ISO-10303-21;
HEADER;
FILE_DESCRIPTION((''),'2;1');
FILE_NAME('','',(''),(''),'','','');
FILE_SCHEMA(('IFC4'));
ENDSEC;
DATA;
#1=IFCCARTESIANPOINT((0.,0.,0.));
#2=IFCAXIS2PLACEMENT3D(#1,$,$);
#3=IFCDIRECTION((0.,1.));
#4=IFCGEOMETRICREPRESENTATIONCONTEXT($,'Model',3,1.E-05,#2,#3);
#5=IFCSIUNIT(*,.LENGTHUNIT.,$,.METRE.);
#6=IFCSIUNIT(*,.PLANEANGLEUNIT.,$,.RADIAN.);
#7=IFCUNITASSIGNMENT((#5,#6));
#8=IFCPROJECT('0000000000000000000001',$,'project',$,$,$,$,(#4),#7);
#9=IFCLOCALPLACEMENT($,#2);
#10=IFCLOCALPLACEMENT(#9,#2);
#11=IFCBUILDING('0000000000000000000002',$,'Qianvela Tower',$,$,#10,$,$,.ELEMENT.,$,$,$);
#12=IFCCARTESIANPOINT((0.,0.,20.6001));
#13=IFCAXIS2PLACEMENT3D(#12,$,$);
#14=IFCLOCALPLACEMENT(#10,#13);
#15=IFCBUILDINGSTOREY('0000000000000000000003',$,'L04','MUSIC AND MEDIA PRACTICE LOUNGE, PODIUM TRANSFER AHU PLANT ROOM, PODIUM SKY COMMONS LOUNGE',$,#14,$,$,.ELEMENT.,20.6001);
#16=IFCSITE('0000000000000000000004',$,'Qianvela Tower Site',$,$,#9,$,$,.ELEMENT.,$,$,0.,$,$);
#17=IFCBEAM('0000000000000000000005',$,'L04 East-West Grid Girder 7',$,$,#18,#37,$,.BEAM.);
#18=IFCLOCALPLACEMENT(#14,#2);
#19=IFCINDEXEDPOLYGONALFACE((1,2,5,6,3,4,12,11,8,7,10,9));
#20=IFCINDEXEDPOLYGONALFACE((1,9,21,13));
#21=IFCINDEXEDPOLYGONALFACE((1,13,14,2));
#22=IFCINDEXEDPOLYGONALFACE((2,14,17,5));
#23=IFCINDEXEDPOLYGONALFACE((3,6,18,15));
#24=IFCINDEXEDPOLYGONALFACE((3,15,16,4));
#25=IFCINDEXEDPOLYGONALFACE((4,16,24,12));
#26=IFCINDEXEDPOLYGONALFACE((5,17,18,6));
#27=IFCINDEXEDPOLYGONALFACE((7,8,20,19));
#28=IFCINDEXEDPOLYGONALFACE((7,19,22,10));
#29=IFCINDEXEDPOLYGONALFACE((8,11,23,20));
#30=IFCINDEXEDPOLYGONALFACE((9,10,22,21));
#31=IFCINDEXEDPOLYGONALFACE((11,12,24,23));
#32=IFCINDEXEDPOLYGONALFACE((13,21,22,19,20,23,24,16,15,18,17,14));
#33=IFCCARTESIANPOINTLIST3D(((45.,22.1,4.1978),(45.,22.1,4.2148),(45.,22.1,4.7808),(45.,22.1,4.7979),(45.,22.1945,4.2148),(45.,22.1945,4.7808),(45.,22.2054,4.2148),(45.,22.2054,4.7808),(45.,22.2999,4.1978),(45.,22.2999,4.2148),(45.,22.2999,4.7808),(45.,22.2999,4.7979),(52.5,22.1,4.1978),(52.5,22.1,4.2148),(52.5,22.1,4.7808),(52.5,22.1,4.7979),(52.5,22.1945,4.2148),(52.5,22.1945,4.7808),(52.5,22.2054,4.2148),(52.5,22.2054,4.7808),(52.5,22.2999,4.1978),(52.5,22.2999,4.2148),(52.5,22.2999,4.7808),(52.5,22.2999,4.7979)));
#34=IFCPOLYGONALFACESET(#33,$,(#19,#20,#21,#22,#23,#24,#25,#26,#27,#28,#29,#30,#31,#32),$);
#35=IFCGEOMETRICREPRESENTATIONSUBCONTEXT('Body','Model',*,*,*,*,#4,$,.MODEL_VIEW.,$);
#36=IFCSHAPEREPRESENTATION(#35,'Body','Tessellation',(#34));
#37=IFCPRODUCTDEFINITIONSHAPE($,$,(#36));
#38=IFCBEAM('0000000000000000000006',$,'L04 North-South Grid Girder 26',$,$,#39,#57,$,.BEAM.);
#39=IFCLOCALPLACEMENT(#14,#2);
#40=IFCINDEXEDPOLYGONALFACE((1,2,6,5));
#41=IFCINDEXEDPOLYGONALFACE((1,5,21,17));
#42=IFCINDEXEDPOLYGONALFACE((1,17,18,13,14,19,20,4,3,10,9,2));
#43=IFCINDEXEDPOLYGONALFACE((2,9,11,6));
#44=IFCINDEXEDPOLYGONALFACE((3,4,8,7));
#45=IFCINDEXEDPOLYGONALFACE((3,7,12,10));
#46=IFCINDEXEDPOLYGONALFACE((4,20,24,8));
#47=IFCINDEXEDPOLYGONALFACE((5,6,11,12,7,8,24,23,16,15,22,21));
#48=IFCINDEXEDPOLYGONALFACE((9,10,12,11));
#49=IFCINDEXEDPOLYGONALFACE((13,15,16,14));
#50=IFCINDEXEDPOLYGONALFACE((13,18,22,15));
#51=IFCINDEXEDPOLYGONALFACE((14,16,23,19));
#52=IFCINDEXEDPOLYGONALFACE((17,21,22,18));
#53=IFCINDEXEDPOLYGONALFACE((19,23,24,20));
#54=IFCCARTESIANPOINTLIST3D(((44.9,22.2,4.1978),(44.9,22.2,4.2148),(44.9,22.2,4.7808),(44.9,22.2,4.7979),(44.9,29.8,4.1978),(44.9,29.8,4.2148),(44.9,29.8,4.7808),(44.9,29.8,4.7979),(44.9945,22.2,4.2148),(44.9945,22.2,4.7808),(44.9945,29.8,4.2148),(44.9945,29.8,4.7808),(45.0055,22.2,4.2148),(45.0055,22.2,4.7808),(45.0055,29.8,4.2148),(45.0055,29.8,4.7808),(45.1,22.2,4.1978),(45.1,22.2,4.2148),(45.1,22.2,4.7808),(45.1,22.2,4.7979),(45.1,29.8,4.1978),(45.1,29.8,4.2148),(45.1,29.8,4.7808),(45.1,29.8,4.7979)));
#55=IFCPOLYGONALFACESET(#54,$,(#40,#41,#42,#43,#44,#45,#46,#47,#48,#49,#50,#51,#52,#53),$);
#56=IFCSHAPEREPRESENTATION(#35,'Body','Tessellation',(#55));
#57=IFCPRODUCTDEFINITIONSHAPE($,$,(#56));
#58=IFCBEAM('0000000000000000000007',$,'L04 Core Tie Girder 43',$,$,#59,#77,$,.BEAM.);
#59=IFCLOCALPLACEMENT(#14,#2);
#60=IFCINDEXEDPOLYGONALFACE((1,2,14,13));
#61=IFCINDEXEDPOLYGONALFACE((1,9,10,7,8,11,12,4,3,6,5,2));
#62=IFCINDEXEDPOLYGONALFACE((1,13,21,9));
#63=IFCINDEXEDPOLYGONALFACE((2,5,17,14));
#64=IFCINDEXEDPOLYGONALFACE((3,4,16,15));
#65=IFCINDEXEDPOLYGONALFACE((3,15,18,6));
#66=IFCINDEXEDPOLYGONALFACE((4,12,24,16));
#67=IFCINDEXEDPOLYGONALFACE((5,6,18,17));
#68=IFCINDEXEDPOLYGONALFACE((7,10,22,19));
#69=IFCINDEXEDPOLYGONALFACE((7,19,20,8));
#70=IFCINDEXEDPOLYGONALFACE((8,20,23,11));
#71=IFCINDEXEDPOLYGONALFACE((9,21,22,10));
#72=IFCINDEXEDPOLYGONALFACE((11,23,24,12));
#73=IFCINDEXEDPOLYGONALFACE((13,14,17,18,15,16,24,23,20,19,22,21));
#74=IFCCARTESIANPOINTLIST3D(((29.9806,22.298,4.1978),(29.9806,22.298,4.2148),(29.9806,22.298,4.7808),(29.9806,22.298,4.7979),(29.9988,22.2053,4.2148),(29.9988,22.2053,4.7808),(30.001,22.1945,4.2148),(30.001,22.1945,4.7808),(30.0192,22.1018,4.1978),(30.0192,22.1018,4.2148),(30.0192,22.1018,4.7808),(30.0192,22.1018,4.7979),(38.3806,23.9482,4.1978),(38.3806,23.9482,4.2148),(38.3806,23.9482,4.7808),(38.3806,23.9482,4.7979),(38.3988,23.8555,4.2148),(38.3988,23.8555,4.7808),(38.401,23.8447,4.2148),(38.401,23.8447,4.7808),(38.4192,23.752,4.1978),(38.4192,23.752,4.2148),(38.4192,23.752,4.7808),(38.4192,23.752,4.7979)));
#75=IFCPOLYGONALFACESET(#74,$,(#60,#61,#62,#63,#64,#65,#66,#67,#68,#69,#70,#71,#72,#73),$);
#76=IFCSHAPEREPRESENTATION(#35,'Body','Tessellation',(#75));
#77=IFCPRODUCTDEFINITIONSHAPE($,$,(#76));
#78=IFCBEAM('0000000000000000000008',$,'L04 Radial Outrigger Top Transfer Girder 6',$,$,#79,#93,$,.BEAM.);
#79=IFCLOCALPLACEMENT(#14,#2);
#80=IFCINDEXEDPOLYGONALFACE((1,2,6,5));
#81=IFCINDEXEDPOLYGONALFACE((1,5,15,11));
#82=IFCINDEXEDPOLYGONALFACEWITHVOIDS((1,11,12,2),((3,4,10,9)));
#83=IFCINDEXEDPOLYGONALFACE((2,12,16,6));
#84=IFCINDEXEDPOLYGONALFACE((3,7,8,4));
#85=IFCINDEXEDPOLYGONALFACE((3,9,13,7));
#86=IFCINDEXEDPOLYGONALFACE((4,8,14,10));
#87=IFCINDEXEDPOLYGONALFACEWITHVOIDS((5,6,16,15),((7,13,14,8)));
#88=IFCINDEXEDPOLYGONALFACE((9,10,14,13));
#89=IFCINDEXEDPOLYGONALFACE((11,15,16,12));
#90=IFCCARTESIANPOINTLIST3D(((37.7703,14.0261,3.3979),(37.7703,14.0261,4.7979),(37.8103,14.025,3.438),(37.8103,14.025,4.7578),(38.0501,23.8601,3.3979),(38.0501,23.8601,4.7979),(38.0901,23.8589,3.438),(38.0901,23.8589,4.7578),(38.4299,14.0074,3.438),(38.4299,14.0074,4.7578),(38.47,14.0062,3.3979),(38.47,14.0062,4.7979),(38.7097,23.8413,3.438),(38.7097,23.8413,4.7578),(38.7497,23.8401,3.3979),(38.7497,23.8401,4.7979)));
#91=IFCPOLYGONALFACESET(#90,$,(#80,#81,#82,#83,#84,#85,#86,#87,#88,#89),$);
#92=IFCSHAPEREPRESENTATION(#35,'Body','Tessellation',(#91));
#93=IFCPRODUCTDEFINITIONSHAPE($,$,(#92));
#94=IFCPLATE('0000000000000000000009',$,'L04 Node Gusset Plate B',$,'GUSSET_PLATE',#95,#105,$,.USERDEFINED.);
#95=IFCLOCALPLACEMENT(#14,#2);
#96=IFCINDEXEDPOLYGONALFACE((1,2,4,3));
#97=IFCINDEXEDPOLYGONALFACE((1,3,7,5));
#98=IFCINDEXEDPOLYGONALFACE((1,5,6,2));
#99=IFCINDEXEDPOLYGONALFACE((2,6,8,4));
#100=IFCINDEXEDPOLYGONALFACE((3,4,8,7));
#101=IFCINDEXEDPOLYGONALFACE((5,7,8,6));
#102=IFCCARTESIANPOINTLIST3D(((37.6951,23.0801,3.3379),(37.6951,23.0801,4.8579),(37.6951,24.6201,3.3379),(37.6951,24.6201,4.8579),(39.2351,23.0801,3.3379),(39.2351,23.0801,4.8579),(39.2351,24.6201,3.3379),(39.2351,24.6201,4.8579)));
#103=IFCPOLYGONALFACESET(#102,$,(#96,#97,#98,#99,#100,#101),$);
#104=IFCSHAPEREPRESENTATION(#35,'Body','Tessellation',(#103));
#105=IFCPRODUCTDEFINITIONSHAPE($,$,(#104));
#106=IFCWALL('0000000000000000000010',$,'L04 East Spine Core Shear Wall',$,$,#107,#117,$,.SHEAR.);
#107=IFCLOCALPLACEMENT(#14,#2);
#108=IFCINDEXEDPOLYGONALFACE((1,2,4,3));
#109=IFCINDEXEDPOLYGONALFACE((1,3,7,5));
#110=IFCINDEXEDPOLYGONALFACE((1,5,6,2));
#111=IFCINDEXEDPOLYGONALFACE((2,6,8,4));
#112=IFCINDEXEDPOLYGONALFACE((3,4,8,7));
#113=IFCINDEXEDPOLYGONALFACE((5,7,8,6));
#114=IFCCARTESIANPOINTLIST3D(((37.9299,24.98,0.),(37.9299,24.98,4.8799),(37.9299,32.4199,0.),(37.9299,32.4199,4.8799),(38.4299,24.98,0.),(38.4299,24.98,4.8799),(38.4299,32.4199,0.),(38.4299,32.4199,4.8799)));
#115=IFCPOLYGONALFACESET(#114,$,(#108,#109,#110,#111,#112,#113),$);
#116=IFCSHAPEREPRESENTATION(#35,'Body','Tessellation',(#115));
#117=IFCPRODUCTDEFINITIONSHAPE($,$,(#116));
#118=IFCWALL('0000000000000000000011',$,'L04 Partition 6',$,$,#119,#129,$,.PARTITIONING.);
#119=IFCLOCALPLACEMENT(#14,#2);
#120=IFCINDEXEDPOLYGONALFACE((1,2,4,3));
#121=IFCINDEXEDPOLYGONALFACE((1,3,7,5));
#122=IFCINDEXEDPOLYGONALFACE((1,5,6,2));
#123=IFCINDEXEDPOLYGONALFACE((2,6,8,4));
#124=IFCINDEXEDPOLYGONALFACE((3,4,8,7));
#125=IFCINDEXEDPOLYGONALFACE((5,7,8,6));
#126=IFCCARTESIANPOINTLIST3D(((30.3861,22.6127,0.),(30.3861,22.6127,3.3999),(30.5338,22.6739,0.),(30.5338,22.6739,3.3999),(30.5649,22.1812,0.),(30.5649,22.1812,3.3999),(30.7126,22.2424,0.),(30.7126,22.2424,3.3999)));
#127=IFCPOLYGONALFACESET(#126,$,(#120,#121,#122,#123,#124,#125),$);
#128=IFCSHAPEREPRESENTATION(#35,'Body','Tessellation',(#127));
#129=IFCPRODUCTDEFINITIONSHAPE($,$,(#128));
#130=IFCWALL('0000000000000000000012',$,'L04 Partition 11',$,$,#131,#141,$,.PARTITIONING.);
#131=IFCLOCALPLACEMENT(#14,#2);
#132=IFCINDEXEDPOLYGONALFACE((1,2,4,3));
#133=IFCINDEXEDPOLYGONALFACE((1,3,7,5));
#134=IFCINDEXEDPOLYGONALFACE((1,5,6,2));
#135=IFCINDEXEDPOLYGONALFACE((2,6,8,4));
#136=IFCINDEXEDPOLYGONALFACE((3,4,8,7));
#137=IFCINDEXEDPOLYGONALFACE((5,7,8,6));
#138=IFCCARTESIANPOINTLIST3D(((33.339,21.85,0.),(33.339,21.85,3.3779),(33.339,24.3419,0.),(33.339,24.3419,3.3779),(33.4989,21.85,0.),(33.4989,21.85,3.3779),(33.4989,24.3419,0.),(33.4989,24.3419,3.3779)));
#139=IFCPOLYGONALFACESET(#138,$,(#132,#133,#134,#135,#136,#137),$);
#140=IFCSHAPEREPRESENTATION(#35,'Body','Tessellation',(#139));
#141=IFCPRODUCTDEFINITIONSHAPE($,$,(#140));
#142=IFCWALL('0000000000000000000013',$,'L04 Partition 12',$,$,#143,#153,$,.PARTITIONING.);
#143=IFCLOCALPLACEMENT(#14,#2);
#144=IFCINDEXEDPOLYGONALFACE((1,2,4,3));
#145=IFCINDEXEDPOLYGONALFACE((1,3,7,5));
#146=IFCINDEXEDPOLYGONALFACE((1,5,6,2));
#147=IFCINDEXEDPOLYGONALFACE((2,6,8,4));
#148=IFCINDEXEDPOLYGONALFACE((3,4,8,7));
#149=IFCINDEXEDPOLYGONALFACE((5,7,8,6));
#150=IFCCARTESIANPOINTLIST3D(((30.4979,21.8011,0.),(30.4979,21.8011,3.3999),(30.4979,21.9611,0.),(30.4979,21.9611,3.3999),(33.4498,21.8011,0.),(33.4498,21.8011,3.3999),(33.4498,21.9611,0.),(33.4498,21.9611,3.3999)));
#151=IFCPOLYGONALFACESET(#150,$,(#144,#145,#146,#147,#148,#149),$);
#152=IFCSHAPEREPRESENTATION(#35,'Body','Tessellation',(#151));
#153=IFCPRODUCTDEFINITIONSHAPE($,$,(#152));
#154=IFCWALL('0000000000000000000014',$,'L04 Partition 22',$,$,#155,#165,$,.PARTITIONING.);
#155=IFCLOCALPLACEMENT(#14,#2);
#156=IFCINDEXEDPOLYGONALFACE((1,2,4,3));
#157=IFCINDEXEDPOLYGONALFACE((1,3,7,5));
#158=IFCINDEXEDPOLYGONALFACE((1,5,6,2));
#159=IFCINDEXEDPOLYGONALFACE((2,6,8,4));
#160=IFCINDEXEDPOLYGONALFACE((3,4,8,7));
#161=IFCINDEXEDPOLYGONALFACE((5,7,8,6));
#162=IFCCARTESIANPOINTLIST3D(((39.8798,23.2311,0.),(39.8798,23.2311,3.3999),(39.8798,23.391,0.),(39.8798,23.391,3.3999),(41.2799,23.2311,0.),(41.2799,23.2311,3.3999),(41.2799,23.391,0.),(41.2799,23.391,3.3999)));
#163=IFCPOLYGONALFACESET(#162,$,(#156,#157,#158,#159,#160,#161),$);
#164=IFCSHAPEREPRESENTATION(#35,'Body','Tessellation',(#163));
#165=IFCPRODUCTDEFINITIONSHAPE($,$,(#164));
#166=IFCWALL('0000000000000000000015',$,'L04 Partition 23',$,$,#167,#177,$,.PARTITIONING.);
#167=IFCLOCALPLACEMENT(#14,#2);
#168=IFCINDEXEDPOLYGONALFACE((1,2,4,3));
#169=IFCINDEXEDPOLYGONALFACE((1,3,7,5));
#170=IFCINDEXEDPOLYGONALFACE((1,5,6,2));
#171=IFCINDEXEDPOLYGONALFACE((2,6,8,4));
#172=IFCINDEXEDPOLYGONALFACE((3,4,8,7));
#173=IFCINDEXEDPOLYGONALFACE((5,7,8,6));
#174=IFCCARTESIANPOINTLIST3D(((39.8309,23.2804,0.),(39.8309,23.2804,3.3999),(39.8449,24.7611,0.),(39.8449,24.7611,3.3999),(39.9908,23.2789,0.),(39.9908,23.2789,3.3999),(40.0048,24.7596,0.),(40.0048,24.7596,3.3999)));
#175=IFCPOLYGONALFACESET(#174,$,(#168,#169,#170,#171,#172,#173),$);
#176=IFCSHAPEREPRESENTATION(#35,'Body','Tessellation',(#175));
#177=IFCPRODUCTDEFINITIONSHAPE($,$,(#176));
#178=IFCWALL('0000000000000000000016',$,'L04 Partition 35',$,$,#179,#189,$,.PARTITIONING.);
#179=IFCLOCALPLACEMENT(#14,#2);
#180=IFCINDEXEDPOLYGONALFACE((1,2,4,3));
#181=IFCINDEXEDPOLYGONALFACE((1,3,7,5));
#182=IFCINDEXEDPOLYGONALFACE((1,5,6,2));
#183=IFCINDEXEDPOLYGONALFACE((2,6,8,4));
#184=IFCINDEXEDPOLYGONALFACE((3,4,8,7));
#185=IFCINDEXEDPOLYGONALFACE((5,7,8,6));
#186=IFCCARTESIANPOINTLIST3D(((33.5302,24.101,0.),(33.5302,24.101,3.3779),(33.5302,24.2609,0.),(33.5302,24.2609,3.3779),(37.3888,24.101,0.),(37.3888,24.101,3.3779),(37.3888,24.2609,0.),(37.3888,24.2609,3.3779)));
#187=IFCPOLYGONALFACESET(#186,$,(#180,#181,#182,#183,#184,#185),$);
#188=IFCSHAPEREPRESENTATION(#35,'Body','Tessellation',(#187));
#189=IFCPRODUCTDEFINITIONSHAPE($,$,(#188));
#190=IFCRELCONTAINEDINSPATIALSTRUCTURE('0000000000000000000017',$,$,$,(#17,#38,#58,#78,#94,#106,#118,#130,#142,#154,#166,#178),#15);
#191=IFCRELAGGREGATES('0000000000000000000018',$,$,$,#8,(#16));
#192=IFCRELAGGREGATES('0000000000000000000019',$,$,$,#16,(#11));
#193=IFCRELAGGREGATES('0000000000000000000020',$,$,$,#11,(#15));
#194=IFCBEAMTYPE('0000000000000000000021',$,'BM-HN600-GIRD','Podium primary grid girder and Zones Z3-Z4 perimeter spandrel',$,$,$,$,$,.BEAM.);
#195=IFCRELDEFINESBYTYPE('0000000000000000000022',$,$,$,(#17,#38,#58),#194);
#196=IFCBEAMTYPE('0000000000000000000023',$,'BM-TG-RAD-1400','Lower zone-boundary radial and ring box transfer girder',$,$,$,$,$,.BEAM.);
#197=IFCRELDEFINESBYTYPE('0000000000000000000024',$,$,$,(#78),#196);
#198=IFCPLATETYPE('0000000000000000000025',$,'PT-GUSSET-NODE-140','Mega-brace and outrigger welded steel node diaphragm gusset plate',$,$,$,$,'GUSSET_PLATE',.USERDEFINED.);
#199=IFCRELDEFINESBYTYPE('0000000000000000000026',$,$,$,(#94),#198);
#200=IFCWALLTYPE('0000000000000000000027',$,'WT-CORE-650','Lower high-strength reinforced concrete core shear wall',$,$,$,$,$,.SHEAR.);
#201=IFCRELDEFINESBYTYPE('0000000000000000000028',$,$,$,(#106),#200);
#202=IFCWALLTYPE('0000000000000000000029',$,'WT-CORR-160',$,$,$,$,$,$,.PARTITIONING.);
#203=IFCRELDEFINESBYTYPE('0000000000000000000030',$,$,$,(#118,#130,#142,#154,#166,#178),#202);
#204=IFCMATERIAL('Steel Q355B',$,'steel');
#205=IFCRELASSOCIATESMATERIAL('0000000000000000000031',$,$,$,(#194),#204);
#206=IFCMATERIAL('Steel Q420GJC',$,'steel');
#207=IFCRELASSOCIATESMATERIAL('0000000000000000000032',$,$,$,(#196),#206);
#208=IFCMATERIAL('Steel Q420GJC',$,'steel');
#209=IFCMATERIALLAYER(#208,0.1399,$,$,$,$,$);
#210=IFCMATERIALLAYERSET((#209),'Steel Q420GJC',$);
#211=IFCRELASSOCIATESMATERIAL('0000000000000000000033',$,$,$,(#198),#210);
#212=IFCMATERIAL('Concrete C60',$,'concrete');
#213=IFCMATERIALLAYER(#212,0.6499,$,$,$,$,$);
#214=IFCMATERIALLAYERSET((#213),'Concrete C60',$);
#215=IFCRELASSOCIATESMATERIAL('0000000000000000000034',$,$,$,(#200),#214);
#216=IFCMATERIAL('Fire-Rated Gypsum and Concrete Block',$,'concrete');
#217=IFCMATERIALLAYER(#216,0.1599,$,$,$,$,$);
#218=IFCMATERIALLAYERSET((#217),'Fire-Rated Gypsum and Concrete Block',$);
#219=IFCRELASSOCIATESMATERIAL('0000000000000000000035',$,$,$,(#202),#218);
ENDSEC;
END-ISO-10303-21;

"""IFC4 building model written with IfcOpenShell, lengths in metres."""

from ifc_helpers import new_model, si_unit, direction, frame, frame_2d, origin, origin_2d, place, context, subcontext, project, spatial, rectangle, hollow_rectangle, i_section, extrude, material, layer, layer_set, material_profile, profile_set, type_object, element, save


model = new_model("IFC4")

# Units and contexts
model_context = context("Model", 3, precision=1e-05, world=origin(), true_north=direction((0.0, 1.0)))
body_context = subcontext(model_context, "Body", "Model", "MODEL_VIEW")
ifc_project = project(units=[si_unit("LENGTHUNIT", "METRE"), si_unit("PLANEANGLEUNIT", "RADIAN")], contexts=[model_context])

# Site, building, storey
site_placement = place(None, origin())
site = spatial("IfcSite", under=ifc_project, at=site_placement, Name="Qianvela Tower Site", CompositionType="ELEMENT", RefElevation=0.0)
building_placement = place(site_placement, origin())
building = spatial("IfcBuilding", under=site, at=building_placement, Name="Qianvela Tower", CompositionType="ELEMENT")
storey_placement = place(building_placement, frame((0.0, 0.0, 20.6001)))
storey = spatial("IfcBuildingStorey", under=building, at=storey_placement, Name="L04", Description="MUSIC AND MEDIA PRACTICE LOUNGE, PODIUM TRANSFER AHU PLANT ROOM, PODIUM SKY COMMONS LOUNGE", CompositionType="ELEMENT", Elevation=20.6001)

# Beams
ifc_material_1 = material(Name="Steel Q355B", Category="steel")
ifc_material_profile_1 = material_profile(ifc_material_1, i_section(OverallWidth=0.2, OverallDepth=0.6001, WebThickness=0.011, FlangeThickness=0.0171, at=origin_2d()), Name="HN600x200x11x17")
ifc_profile_set_1 = profile_set([ifc_material_profile_1], Name="Steel Q355B")
beam_type_1 = type_object("IfcBeamType", Name="BM-HN600-GIRD", Description="Podium primary grid girder and Zones Z3-Z4 perimeter spandrel", PredefinedType="BEAM", material=ifc_profile_set_1)
beam_1_placement = place(storey_placement, frame((45.0, 22.2, 4.4978), z_axis=(1.0, 0.0, 0.0), x_axis=(0.0, 1.0, 0.0)))
element("IfcBeam", 1, at=beam_1_placement, inside=storey, type_object=beam_type_1, Name="L04 East-West Grid Girder 7", PredefinedType="BEAM", context=body_context, shape_type="SweptSolid", body=[
    extrude(i_section(OverallWidth=0.2, OverallDepth=0.6001, WebThickness=0.011, FlangeThickness=0.0171, at=origin_2d()), origin(), (0.0, 0.0, 1.0), 7.5),
])
beam_2_placement = place(storey_placement, frame((45.0, 22.2, 4.4978), z_axis=(0.0, 1.0, 0.0), x_axis=(-1.0, 0.0, 0.0)))
element("IfcBeam", 2, at=beam_2_placement, inside=storey, type_object=beam_type_1, Name="L04 North-South Grid Girder 26", PredefinedType="BEAM", context=body_context, shape_type="SweptSolid", body=[
    extrude(i_section(OverallWidth=0.2, OverallDepth=0.6001, WebThickness=0.011, FlangeThickness=0.0171, at=origin_2d()), origin(), (0.0, 0.0, 1.0), 7.6001),
])
beam_3_placement = place(storey_placement, frame((38.3999, 23.8501, 4.4978), z_axis=(-0.981245, -0.192764, 0.0), x_axis=(0.192764, -0.981245, 0.0)))
element("IfcBeam", 3, at=beam_3_placement, inside=storey, type_object=beam_type_1, Name="L04 Core Tie Girder 43", PredefinedType="BEAM", context=body_context, shape_type="SweptSolid", body=[
    extrude(i_section(OverallWidth=0.2, OverallDepth=0.6001, WebThickness=0.011, FlangeThickness=0.0171, at=origin_2d()), origin(), (0.0, 0.0, 1.0), 8.5605),
])
ifc_material_2 = material(Name="Steel Q420GJC", Category="steel")
ifc_material_profile_2 = material_profile(ifc_material_2, hollow_rectangle(XDim=0.7, YDim=1.3999, WallThickness=0.04, at=origin_2d()), Name="TG-BOX-1400x700x40")
ifc_profile_set_2 = profile_set([ifc_material_profile_2], Name="Steel Q420GJC")
beam_type_2 = type_object("IfcBeamType", Name="BM-TG-RAD-1400", Description="Lower zone-boundary radial and ring box transfer girder", PredefinedType="BEAM", material=ifc_profile_set_2)
beam_4_placement = place(storey_placement, frame((38.3999, 23.8501, 4.0979), z_axis=(-0.028439, -0.999596, 0.0), x_axis=(0.999596, -0.028439, 0.0)))
element("IfcBeam", 4, at=beam_4_placement, inside=storey, type_object=beam_type_2, Name="L04 Radial Outrigger Top Transfer Girder 6", PredefinedType="BEAM", context=body_context, shape_type="SweptSolid", body=[
    extrude(hollow_rectangle(XDim=0.7, YDim=1.3999, WallThickness=0.04, at=origin_2d()), origin(), (0.0, 0.0, 1.0), 9.8379),
])

# Plate
ifc_material_3 = material(Name="Steel Q420GJC", Category="steel")
ifc_layer_1 = layer(ifc_material_3, 0.1399)
ifc_layer_set_1 = layer_set([ifc_layer_1], Name="Steel Q420GJC")
plate_type = type_object("IfcPlateType", Name="PT-GUSSET-NODE-140", Description="Mega-brace and outrigger welded steel node diaphragm gusset plate", ElementType="GUSSET_PLATE", PredefinedType="USERDEFINED", material=ifc_layer_set_1)
plate_placement = place(storey_placement, frame((38.4651, 23.8501, 3.3379), z_axis=(0.0, 0.0, 1.0), x_axis=(1.0, 0.0, 0.0)))
element("IfcPlate", 5, at=plate_placement, inside=storey, type_object=plate_type, Name="L04 Node Gusset Plate B", ObjectType="GUSSET_PLATE", PredefinedType="USERDEFINED", context=body_context, shape_type="SweptSolid", body=[
    extrude(rectangle(XDim=1.54, YDim=1.54, at=origin_2d()), origin(), (0.0, 0.0, 1.0), 1.52),
])

# Walls
ifc_material_4 = material(Name="Concrete C60", Category="concrete")
ifc_layer_2 = layer(ifc_material_4, 0.6499)
ifc_layer_set_2 = layer_set([ifc_layer_2], Name="Concrete C60")
wall_type_1 = type_object("IfcWallType", Name="WT-CORE-650", Description="Lower high-strength reinforced concrete core shear wall", PredefinedType="SHEAR", material=ifc_layer_set_2)
wall_1_placement = place(storey_placement, frame((38.1799, 24.98, 0.0), z_axis=(0.0, 0.0, 1.0), x_axis=(0.0, 1.0, 0.0)))
element("IfcWall", 6, at=wall_1_placement, inside=storey, type_object=wall_type_1, Name="L04 East Spine Core Shear Wall", PredefinedType="SHEAR", context=body_context, shape_type="SweptSolid", body=[
    extrude(rectangle(XDim=7.4399, YDim=0.5, at=frame_2d((3.72, 0.0))), origin(), (0.0, 0.0, 1.0), 4.8799),
])
ifc_material_5 = material(Name="Fire-Rated Gypsum and Concrete Block", Category="concrete")
ifc_layer_3 = layer(ifc_material_5, 0.1599)
ifc_layer_set_3 = layer_set([ifc_layer_3], Name="Fire-Rated Gypsum and Concrete Block")
wall_type_2 = type_object("IfcWallType", Name="WT-CORR-160", PredefinedType="PARTITIONING", material=ifc_layer_set_3)
wall_2_placement = place(storey_placement, frame((30.6387, 22.2119, 0.0), z_axis=(0.0, 0.0, 1.0), x_axis=(-0.382721, 0.923864, 0.0)))
element("IfcWall", 7, at=wall_2_placement, inside=storey, type_object=wall_type_2, Name="L04 Partition 6", PredefinedType="PARTITIONING", context=body_context, shape_type="SweptSolid", body=[
    extrude(rectangle(XDim=0.467, YDim=0.1599, at=frame_2d((0.2334, 0.0))), origin(), (0.0, 0.0, 1.0), 3.3999),
])
wall_3_placement = place(storey_placement, frame((33.4189, 24.342, 0.0), z_axis=(0.0, 0.0, 1.0), x_axis=(0.0, -1.0, 0.0)))
element("IfcWall", 8, at=wall_3_placement, inside=storey, type_object=wall_type_2, Name="L04 Partition 11", PredefinedType="PARTITIONING", context=body_context, shape_type="SweptSolid", body=[
    extrude(rectangle(XDim=2.4919, YDim=0.1599, at=frame_2d((1.2461, 0.0))), origin(), (0.0, 0.0, 1.0), 3.3779),
])
wall_4_placement = place(storey_placement, frame((33.45, 21.8811, 0.0), z_axis=(0.0, 0.0, 1.0), x_axis=(-1.0, 0.0, 0.0)))
element("IfcWall", 9, at=wall_4_placement, inside=storey, type_object=wall_type_2, Name="L04 Partition 12", PredefinedType="PARTITIONING", context=body_context, shape_type="SweptSolid", body=[
    extrude(rectangle(XDim=2.9519, YDim=0.1599, at=frame_2d((1.4761, 0.0))), origin(), (0.0, 0.0, 1.0), 3.3999),
])
wall_5_placement = place(storey_placement, frame((41.28, 23.311, 0.0), z_axis=(0.0, 0.0, 1.0), x_axis=(-1.0, 0.0, 0.0)))
element("IfcWall", 10, at=wall_5_placement, inside=storey, type_object=wall_type_2, Name="L04 Partition 22", PredefinedType="PARTITIONING", context=body_context, shape_type="SweptSolid", body=[
    extrude(rectangle(XDim=1.4001, YDim=0.1599, at=frame_2d((0.7002, 0.0))), origin(), (0.0, 0.0, 1.0), 3.3999),
])
wall_6_placement = place(storey_placement, frame((39.9109, 23.2798, 0.0), z_axis=(0.0, 0.0, 1.0), x_axis=(0.009398, 0.999956, 0.0)))
element("IfcWall", 11, at=wall_6_placement, inside=storey, type_object=wall_type_2, Name="L04 Partition 23", PredefinedType="PARTITIONING", context=body_context, shape_type="SweptSolid", body=[
    extrude(rectangle(XDim=1.4807, YDim=0.1599, at=frame_2d((0.7402, 0.0))), origin(), (0.0, 0.0, 1.0), 3.3999),
])
wall_7_placement = place(storey_placement, frame((37.3887, 24.1809, 0.0), z_axis=(0.0, 0.0, 1.0), x_axis=(-1.0, 0.0, 0.0)))
element("IfcWall", 12, at=wall_7_placement, inside=storey, type_object=wall_type_2, Name="L04 Partition 35", PredefinedType="PARTITIONING", context=body_context, shape_type="SweptSolid", body=[
    extrude(rectangle(XDim=3.8586, YDim=0.1599, at=frame_2d((1.9292, 0.0))), origin(), (0.0, 0.0, 1.0), 3.3779),
])

save(model, "model.ifc")
